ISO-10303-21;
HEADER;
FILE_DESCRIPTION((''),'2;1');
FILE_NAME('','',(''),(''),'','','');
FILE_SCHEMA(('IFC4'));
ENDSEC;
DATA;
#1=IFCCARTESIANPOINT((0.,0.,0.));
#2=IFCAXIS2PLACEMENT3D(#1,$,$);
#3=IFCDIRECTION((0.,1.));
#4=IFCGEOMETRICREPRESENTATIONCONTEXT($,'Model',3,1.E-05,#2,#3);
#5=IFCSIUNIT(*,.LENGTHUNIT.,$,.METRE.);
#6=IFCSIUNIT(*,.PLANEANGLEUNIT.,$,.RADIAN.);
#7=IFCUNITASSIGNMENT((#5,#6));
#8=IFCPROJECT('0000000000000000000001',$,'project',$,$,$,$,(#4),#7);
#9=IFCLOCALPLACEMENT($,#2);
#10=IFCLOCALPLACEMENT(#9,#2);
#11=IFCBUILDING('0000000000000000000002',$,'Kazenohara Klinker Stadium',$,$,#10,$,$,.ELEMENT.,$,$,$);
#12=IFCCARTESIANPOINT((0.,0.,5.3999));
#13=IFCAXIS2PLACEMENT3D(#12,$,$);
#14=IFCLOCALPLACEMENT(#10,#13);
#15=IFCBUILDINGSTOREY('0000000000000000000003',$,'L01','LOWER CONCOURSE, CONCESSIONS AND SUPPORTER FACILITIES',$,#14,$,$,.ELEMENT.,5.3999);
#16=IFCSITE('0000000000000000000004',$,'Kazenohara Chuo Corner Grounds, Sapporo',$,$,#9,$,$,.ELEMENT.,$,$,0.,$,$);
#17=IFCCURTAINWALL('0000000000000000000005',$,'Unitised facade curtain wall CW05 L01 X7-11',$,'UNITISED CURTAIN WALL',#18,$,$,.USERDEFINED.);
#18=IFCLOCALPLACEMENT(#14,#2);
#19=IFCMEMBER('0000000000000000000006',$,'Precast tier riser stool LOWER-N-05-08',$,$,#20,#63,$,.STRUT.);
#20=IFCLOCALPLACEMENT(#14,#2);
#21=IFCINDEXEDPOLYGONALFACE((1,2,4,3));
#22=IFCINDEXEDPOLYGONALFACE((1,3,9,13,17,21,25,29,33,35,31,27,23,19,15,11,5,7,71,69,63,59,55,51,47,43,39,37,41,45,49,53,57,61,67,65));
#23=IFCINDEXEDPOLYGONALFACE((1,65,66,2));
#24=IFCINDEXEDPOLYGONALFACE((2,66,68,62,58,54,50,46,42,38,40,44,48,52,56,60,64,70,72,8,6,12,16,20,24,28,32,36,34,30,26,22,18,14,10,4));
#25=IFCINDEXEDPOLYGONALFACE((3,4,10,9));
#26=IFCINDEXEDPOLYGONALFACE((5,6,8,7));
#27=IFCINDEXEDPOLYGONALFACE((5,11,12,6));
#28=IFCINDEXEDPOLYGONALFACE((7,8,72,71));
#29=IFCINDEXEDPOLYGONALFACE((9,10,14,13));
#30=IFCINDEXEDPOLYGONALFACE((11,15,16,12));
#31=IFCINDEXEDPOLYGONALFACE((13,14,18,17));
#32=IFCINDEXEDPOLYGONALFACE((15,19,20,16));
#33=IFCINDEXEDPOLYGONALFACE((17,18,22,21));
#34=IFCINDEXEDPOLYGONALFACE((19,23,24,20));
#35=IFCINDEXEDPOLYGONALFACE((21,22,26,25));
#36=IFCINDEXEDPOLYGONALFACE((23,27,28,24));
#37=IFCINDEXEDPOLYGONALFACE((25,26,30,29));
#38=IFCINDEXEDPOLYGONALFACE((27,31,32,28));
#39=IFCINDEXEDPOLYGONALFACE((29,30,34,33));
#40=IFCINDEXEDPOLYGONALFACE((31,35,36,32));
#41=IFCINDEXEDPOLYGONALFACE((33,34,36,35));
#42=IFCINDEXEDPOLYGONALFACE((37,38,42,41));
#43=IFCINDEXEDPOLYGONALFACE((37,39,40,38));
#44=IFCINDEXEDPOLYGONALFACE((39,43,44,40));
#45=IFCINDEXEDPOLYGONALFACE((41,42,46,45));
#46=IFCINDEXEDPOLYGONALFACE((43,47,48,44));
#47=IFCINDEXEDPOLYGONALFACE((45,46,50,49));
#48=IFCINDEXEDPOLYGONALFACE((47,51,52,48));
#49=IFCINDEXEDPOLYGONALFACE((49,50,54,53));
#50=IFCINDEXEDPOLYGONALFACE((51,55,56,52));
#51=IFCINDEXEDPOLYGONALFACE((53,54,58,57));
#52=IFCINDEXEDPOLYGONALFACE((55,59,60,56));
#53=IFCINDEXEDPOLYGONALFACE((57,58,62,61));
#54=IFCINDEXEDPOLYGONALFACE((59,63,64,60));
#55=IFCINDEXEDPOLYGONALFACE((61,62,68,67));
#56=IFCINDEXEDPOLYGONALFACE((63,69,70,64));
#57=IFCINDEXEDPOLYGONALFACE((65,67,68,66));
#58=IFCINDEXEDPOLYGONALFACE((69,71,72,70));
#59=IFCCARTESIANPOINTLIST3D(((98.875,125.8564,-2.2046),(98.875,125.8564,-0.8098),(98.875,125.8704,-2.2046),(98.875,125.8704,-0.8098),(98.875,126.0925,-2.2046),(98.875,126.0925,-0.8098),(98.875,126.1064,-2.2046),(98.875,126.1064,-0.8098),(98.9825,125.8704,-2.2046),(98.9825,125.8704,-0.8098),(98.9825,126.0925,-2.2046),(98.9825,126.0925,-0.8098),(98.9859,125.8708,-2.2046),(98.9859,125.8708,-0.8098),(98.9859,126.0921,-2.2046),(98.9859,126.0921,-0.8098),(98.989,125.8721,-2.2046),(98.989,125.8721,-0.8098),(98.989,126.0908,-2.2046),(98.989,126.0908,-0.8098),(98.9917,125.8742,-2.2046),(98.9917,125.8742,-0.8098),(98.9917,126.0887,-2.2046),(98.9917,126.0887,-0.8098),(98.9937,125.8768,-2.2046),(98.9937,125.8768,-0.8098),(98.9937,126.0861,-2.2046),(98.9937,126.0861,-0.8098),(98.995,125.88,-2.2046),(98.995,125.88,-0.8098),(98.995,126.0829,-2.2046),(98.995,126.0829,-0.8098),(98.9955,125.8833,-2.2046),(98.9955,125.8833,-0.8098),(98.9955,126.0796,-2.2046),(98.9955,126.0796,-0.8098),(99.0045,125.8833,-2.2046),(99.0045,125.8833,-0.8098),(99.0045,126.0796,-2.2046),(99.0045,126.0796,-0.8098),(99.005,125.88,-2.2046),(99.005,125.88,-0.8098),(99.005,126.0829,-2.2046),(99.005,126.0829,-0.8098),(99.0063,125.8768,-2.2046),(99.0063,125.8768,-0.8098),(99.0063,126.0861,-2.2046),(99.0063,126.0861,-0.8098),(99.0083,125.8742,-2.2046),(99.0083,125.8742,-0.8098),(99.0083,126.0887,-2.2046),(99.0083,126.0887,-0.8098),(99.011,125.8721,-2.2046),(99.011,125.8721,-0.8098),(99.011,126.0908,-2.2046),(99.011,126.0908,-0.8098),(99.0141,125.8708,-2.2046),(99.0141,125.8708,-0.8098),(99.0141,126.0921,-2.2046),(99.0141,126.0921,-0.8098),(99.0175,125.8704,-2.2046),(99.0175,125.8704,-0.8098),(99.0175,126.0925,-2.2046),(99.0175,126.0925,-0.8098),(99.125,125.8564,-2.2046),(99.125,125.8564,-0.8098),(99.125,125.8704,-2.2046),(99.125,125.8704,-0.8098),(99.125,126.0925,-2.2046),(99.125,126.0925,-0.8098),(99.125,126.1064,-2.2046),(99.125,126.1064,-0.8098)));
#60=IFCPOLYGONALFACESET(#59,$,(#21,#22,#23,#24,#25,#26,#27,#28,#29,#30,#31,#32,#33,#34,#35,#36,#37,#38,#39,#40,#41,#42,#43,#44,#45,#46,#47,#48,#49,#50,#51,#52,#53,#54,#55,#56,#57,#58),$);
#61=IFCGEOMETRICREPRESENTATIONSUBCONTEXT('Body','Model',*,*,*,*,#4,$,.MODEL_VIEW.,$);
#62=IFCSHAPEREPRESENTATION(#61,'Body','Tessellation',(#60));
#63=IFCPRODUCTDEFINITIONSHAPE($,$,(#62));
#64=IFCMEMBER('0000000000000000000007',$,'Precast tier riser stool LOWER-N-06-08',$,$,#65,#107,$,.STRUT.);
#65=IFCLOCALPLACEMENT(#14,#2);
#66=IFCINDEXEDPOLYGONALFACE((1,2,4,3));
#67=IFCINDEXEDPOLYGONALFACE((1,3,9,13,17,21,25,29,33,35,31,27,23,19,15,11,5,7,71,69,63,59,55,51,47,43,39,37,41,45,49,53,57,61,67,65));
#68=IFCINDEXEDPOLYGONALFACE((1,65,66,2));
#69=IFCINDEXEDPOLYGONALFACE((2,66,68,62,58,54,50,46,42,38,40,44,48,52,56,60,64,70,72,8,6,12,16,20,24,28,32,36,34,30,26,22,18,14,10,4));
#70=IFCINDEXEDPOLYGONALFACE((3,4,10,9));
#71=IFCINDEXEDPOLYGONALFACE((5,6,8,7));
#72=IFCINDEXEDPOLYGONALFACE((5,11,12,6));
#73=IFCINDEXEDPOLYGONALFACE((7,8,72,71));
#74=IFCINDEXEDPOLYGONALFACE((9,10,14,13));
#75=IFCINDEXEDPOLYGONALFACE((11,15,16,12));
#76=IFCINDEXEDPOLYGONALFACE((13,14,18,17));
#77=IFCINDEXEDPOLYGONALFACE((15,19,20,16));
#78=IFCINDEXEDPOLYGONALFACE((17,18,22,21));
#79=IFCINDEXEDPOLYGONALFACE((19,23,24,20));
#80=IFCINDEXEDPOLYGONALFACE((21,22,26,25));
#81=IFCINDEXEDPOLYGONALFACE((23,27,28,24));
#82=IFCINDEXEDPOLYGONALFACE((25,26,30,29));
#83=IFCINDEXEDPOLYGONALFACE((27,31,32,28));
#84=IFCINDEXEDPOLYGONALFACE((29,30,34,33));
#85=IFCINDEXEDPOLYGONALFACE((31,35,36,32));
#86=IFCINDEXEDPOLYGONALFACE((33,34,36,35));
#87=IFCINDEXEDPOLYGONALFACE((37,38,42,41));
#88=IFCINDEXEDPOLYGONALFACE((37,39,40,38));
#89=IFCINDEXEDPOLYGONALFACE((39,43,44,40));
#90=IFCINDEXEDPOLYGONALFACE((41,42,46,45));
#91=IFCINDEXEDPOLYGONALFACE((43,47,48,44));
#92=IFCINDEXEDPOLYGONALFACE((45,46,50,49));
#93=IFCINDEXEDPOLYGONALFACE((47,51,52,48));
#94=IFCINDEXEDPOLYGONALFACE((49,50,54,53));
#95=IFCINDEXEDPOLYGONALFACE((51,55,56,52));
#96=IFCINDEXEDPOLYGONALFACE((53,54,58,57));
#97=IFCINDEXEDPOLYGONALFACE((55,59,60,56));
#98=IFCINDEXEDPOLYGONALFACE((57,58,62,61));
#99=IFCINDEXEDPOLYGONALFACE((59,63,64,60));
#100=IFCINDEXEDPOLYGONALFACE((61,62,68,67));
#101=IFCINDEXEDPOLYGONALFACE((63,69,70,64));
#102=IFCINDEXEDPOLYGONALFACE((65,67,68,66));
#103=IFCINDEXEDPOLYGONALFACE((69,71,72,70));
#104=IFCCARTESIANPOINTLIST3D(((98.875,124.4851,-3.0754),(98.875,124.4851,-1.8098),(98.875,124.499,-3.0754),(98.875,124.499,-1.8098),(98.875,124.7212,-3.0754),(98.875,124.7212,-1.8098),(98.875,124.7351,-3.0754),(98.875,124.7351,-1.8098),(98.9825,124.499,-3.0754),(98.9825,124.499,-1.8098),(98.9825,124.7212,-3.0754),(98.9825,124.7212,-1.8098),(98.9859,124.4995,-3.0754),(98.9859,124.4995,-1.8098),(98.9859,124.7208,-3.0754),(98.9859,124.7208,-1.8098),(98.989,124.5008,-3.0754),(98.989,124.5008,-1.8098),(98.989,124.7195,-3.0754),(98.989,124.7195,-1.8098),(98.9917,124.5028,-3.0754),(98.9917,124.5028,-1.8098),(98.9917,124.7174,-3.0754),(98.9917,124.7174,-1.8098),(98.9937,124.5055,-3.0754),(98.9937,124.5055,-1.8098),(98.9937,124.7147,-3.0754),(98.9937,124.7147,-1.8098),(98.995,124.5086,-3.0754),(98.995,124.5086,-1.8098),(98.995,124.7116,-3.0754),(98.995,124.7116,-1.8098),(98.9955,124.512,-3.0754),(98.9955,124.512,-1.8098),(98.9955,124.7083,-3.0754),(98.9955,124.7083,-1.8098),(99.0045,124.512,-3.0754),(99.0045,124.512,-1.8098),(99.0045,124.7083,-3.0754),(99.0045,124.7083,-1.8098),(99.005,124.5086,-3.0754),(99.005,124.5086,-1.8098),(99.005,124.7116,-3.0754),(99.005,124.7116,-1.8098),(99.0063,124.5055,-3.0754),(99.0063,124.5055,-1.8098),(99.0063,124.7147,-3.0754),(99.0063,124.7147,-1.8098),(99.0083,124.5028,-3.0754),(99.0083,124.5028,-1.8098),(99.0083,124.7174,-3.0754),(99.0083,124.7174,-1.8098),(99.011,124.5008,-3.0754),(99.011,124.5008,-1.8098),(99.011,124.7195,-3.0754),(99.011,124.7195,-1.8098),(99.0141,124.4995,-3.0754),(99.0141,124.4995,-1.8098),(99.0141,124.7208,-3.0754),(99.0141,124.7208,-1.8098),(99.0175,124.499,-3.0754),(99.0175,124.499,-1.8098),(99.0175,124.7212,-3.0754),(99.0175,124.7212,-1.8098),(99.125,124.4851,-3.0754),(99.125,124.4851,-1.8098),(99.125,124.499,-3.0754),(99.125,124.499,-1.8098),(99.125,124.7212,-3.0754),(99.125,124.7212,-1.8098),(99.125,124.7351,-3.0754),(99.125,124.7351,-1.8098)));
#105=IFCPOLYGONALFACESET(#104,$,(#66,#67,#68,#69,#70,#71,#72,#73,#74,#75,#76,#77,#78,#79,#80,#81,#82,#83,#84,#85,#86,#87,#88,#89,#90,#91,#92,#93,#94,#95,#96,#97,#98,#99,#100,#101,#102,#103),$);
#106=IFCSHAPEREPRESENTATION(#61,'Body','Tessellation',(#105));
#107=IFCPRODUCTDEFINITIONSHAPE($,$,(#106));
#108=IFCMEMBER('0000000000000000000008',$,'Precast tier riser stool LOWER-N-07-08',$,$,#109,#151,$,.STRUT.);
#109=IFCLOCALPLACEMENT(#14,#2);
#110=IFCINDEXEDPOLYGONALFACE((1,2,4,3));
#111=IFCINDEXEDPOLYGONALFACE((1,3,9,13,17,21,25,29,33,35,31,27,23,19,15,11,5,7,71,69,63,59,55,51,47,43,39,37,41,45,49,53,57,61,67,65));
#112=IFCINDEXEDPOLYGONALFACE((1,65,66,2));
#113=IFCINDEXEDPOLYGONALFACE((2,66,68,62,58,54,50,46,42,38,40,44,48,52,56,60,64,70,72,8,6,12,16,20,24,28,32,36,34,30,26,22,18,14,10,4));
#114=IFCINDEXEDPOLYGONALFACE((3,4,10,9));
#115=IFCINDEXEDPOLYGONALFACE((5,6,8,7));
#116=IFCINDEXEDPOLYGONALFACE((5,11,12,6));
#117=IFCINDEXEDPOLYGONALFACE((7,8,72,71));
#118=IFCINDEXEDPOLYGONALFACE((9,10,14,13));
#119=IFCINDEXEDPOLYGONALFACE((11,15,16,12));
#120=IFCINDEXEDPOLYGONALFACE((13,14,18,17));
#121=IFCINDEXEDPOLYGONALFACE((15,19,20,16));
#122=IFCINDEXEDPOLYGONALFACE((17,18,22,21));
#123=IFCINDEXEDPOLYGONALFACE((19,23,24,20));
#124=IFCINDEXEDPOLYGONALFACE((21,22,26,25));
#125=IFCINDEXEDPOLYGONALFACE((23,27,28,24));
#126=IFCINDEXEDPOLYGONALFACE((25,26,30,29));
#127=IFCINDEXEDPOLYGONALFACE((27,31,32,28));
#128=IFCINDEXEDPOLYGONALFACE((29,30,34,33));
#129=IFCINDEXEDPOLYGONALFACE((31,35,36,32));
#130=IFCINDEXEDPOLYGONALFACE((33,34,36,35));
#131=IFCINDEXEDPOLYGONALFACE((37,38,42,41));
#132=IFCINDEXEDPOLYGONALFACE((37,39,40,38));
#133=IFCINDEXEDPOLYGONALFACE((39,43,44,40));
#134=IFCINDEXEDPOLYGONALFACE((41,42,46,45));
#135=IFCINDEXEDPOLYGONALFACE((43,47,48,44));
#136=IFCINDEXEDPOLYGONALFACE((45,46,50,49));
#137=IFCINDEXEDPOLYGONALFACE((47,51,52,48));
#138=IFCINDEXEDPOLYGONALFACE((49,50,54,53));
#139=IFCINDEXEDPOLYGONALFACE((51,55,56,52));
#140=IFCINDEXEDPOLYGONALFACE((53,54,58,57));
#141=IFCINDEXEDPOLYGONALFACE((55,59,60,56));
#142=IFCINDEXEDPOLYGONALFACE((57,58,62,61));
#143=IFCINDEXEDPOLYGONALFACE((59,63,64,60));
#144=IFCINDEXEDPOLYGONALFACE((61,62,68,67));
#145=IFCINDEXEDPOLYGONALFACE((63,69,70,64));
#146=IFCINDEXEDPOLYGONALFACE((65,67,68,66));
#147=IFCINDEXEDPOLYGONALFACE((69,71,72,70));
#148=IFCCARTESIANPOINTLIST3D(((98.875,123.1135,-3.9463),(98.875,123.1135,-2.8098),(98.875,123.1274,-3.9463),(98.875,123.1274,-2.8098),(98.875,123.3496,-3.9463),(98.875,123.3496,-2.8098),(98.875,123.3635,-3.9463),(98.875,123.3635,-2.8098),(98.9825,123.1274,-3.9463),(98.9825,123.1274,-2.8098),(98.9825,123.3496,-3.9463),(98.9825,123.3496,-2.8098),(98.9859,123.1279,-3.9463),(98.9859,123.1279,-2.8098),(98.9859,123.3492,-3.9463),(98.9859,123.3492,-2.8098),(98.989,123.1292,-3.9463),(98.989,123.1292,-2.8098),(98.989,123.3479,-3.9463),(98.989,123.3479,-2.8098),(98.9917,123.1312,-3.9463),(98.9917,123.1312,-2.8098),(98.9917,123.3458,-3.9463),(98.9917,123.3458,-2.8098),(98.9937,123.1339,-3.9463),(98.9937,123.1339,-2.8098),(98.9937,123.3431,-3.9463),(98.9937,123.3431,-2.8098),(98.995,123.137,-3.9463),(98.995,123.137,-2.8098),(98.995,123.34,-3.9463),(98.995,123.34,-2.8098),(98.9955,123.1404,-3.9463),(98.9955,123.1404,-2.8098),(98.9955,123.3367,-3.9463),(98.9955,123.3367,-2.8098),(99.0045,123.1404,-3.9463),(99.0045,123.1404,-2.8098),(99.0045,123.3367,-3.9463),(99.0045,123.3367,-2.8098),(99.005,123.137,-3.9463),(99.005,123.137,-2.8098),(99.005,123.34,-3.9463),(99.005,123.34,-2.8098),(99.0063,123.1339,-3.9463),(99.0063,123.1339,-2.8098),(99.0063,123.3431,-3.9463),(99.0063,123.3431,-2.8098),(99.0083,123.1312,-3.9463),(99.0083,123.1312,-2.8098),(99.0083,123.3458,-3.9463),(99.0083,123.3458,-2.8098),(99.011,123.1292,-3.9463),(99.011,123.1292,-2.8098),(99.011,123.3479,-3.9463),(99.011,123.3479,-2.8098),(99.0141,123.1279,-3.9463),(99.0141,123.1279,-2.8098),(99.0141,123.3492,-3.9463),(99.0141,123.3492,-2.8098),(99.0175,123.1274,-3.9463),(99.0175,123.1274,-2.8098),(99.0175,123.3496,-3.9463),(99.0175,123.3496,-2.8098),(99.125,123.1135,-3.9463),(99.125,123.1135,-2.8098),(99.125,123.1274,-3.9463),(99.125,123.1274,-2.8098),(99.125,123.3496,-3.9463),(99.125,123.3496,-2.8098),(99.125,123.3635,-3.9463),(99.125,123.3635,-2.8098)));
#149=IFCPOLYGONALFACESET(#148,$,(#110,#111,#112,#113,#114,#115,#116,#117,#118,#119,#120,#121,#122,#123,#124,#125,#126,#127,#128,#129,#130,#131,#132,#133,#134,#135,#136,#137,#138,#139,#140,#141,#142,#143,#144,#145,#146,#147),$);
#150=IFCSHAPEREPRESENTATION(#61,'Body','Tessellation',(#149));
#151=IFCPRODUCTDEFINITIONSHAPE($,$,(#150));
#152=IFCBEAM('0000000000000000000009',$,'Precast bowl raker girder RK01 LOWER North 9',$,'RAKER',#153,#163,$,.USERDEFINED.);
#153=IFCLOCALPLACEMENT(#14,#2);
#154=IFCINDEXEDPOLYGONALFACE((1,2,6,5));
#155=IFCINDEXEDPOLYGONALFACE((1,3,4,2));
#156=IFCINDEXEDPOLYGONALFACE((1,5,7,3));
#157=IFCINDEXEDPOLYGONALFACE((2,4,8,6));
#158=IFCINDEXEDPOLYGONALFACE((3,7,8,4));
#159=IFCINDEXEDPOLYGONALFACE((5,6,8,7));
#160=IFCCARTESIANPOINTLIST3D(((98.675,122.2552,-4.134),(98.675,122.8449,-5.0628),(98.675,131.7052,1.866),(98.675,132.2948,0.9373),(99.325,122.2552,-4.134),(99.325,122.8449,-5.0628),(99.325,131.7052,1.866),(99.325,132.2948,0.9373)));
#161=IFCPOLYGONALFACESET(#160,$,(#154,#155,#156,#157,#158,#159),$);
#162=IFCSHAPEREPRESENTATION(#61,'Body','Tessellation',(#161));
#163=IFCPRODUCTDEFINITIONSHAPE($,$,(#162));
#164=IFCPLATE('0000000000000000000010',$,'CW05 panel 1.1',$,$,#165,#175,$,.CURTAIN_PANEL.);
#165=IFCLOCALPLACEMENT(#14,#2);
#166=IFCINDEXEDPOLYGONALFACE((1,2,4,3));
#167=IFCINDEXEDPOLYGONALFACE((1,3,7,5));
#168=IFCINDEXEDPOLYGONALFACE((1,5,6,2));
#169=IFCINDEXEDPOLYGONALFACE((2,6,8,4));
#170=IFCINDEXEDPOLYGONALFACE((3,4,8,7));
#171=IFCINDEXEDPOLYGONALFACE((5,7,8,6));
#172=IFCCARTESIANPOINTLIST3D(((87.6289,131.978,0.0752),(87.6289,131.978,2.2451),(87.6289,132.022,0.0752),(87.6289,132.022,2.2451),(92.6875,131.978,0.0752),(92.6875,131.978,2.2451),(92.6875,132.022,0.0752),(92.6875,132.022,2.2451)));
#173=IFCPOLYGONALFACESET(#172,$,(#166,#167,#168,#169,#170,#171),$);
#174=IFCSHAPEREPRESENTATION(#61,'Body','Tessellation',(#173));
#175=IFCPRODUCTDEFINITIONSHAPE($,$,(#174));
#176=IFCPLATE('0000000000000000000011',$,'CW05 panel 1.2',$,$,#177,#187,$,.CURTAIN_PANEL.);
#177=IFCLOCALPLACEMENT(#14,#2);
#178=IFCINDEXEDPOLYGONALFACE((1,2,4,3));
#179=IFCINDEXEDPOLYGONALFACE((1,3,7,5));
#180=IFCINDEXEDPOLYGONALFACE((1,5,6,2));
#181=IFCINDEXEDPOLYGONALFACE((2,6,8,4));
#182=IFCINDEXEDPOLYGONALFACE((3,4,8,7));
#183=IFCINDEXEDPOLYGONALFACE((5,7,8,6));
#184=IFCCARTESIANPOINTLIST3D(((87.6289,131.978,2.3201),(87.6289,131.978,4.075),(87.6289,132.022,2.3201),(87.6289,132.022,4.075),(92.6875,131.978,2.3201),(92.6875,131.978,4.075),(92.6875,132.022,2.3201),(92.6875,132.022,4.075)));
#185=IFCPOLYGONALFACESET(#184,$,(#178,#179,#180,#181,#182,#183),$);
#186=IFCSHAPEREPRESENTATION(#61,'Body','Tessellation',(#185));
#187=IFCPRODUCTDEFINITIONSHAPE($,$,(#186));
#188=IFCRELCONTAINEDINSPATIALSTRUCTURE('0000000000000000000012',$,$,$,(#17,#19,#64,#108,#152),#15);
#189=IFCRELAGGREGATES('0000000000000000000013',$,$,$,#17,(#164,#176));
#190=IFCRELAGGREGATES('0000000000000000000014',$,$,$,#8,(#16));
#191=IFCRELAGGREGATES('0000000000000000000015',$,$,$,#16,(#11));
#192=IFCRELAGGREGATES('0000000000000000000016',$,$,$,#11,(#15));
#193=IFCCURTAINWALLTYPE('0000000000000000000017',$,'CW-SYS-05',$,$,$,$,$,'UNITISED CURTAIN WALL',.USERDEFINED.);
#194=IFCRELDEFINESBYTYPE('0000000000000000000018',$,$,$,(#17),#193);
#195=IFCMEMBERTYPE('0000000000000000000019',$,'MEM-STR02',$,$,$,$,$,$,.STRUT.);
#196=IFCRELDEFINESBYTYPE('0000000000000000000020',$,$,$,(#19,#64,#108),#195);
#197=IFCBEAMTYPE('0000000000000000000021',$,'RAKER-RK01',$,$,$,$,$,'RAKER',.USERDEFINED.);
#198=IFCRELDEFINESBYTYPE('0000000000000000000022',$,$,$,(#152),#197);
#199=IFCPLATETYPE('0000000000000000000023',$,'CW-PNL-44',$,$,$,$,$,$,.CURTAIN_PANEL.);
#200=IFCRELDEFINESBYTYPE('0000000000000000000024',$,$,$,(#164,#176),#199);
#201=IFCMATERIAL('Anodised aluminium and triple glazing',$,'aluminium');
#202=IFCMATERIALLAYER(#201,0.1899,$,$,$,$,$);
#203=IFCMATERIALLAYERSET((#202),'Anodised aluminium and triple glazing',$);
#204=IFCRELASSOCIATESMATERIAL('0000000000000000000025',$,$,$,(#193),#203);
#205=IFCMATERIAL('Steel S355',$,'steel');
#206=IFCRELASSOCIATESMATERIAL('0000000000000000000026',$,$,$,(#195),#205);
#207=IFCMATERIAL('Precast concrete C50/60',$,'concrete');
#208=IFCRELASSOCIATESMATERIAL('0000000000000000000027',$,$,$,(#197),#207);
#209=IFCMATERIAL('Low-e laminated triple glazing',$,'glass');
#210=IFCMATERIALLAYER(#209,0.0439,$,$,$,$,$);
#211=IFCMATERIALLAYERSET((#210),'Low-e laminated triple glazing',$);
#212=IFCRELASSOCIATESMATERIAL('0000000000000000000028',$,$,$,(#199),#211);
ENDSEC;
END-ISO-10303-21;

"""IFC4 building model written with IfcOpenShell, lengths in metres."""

from ifc_helpers import new_model, si_unit, direction, frame, origin, origin_2d, place, context, subcontext, project, spatial, rectangle, i_section, extrude, material, layer, layer_set, material_profile, profile_set, type_object, element, aggregate, save


model = new_model("IFC4")

# Units and contexts
model_context = context("Model", 3, precision=1e-05, world=origin(), true_north=direction((0.0, 1.0)))
body_context = subcontext(model_context, "Body", "Model", "MODEL_VIEW")
ifc_project = project(units=[si_unit("LENGTHUNIT", "METRE"), si_unit("PLANEANGLEUNIT", "RADIAN")], contexts=[model_context])

# Site, building, storey
site_placement = place(None, origin())
site = spatial("IfcSite", under=ifc_project, at=site_placement, Name="Kazenohara Chuo Corner Grounds, Sapporo", CompositionType="ELEMENT", RefElevation=0.0)
building_placement = place(site_placement, origin())
building = spatial("IfcBuilding", under=site, at=building_placement, Name="Kazenohara Klinker Stadium", CompositionType="ELEMENT")
storey_placement = place(building_placement, frame((0.0, 0.0, 5.3999)))
storey = spatial("IfcBuildingStorey", under=building, at=storey_placement, Name="L01", Description="LOWER CONCOURSE, CONCESSIONS AND SUPPORTER FACILITIES", CompositionType="ELEMENT", Elevation=5.3999)

# Shared definitions
ifc_material_1 = material(Name="Steel S355", Category="steel")

# Curtain wall
ifc_material_2 = material(Name="Anodised aluminium and triple glazing", Category="aluminium")
ifc_layer_1 = layer(ifc_material_2, 0.1899)
ifc_layer_set_1 = layer_set([ifc_layer_1], Name="Anodised aluminium and triple glazing")
curtain_wall_type_1 = type_object("IfcCurtainWallType", Name="CW-SYS-05", ElementType="UNITISED CURTAIN WALL", PredefinedType="USERDEFINED", material=ifc_layer_set_1)
curtain_wall_1_placement = place(storey_placement, origin())
curtain_wall_1 = element("IfcCurtainWall", 1, at=curtain_wall_1_placement, inside=storey, type_object=curtain_wall_type_1, Name="Unitised facade curtain wall CW05 L01 X7-11", ObjectType="UNITISED CURTAIN WALL", PredefinedType="USERDEFINED")

# Members
ifc_material_profile_1 = material_profile(ifc_material_1, i_section(OverallWidth=0.25, OverallDepth=0.25, WebThickness=0.009, FlangeThickness=0.0139, FilletRadius=0.0129, at=origin_2d()), Name="H-250x250x9x14")
ifc_profile_set_1 = profile_set([ifc_material_profile_1], Name="Steel S355")
member_type_1 = type_object("IfcMemberType", Name="MEM-STR02", PredefinedType="STRUT", material=ifc_profile_set_1)
member_1_placement = place(storey_placement, frame((99.0, 125.9814, -2.2046), z_axis=(0.0, 0.0, 1.0), x_axis=(1.0, 0.0, 0.0)))
element("IfcMember", 2, at=member_1_placement, inside=storey, type_object=member_type_1, Name="Precast tier riser stool LOWER-N-05-08", PredefinedType="STRUT", context=body_context, shape_type="SweptSolid", body=[
    extrude(i_section(OverallWidth=0.25, OverallDepth=0.25, WebThickness=0.009, FlangeThickness=0.0139, FilletRadius=0.0129, at=origin_2d()), origin(), (0.0, 0.0, 1.0), 1.3948),
])
member_2_placement = place(storey_placement, frame((99.0, 124.6101, -3.0754), z_axis=(0.0, 0.0, 1.0), x_axis=(1.0, 0.0, 0.0)))
element("IfcMember", 3, at=member_2_placement, inside=storey, type_object=member_type_1, Name="Precast tier riser stool LOWER-N-06-08", PredefinedType="STRUT", context=body_context, shape_type="SweptSolid", body=[
    extrude(i_section(OverallWidth=0.25, OverallDepth=0.25, WebThickness=0.009, FlangeThickness=0.0139, FilletRadius=0.0129, at=origin_2d()), origin(), (0.0, 0.0, 1.0), 1.2656),
])
member_3_placement = place(storey_placement, frame((99.0, 123.2385, -3.9463), z_axis=(0.0, 0.0, 1.0), x_axis=(1.0, 0.0, 0.0)))
element("IfcMember", 4, at=member_3_placement, inside=storey, type_object=member_type_1, Name="Precast tier riser stool LOWER-N-07-08", PredefinedType="STRUT", context=body_context, shape_type="SweptSolid", body=[
    extrude(i_section(OverallWidth=0.25, OverallDepth=0.25, WebThickness=0.009, FlangeThickness=0.0139, FilletRadius=0.0129, at=origin_2d()), origin(), (0.0, 0.0, 1.0), 1.1365),
])

# Beam
ifc_material_3 = material(Name="Precast concrete C50/60", Category="concrete")
ifc_material_profile_2 = material_profile(ifc_material_3, rectangle(XDim=0.6499, YDim=1.1001, at=origin_2d()), Name="PC-RAKER-650x1100")
ifc_profile_set_2 = profile_set([ifc_material_profile_2], Name="Precast concrete C50/60")
beam_type_1 = type_object("IfcBeamType", Name="RAKER-RK01", ElementType="RAKER", PredefinedType="USERDEFINED", material=ifc_profile_set_2)
beam_1_placement = place(storey_placement, frame((99.0, 132.0, 1.4016), z_axis=(0.0, -0.844212, -0.53601), x_axis=(1.0, 0.0, 0.0)))
element("IfcBeam", 5, at=beam_1_placement, inside=storey, type_object=beam_type_1, Name="Precast bowl raker girder RK01 LOWER North 9", ObjectType="RAKER", PredefinedType="USERDEFINED", context=body_context, shape_type="SweptSolid", body=[
    extrude(rectangle(XDim=0.6499, YDim=1.1001, at=origin_2d()), origin(), (0.0, 0.0, 1.0), 11.1938),
])

# Plates
ifc_material_4 = material(Name="Low-e laminated triple glazing", Category="glass")
ifc_layer_2 = layer(ifc_material_4, 0.0439)
ifc_layer_set_2 = layer_set([ifc_layer_2], Name="Low-e laminated triple glazing")
plate_type = type_object("IfcPlateType", Name="CW-PNL-44", PredefinedType="CURTAIN_PANEL", material=ifc_layer_set_2)
plate_1_placement = place(storey_placement, frame((90.1582, 132.0, 0.0752), z_axis=(0.0, 0.0, 1.0), x_axis=(1.0, 0.0, 0.0)))
plate_1 = element("IfcPlate", 6, at=plate_1_placement, type_object=plate_type, Name="CW05 panel 1.1", PredefinedType="CURTAIN_PANEL", context=body_context, shape_type="SweptSolid", body=[
    extrude(rectangle(XDim=5.0586, YDim=0.0439, at=origin_2d()), origin(), (0.0, 0.0, 1.0), 2.1699),
])
plate_2_placement = place(storey_placement, frame((90.1582, 132.0, 2.3201), z_axis=(0.0, 0.0, 1.0), x_axis=(1.0, 0.0, 0.0)))
plate_2 = element("IfcPlate", 7, at=plate_2_placement, type_object=plate_type, Name="CW05 panel 1.2", PredefinedType="CURTAIN_PANEL", context=body_context, shape_type="SweptSolid", body=[
    extrude(rectangle(XDim=5.0586, YDim=0.0439, at=origin_2d()), origin(), (0.0, 0.0, 1.0), 1.7549),
])
aggregate(curtain_wall_1, [plate_1, plate_2])

save(model, "model.ifc")
